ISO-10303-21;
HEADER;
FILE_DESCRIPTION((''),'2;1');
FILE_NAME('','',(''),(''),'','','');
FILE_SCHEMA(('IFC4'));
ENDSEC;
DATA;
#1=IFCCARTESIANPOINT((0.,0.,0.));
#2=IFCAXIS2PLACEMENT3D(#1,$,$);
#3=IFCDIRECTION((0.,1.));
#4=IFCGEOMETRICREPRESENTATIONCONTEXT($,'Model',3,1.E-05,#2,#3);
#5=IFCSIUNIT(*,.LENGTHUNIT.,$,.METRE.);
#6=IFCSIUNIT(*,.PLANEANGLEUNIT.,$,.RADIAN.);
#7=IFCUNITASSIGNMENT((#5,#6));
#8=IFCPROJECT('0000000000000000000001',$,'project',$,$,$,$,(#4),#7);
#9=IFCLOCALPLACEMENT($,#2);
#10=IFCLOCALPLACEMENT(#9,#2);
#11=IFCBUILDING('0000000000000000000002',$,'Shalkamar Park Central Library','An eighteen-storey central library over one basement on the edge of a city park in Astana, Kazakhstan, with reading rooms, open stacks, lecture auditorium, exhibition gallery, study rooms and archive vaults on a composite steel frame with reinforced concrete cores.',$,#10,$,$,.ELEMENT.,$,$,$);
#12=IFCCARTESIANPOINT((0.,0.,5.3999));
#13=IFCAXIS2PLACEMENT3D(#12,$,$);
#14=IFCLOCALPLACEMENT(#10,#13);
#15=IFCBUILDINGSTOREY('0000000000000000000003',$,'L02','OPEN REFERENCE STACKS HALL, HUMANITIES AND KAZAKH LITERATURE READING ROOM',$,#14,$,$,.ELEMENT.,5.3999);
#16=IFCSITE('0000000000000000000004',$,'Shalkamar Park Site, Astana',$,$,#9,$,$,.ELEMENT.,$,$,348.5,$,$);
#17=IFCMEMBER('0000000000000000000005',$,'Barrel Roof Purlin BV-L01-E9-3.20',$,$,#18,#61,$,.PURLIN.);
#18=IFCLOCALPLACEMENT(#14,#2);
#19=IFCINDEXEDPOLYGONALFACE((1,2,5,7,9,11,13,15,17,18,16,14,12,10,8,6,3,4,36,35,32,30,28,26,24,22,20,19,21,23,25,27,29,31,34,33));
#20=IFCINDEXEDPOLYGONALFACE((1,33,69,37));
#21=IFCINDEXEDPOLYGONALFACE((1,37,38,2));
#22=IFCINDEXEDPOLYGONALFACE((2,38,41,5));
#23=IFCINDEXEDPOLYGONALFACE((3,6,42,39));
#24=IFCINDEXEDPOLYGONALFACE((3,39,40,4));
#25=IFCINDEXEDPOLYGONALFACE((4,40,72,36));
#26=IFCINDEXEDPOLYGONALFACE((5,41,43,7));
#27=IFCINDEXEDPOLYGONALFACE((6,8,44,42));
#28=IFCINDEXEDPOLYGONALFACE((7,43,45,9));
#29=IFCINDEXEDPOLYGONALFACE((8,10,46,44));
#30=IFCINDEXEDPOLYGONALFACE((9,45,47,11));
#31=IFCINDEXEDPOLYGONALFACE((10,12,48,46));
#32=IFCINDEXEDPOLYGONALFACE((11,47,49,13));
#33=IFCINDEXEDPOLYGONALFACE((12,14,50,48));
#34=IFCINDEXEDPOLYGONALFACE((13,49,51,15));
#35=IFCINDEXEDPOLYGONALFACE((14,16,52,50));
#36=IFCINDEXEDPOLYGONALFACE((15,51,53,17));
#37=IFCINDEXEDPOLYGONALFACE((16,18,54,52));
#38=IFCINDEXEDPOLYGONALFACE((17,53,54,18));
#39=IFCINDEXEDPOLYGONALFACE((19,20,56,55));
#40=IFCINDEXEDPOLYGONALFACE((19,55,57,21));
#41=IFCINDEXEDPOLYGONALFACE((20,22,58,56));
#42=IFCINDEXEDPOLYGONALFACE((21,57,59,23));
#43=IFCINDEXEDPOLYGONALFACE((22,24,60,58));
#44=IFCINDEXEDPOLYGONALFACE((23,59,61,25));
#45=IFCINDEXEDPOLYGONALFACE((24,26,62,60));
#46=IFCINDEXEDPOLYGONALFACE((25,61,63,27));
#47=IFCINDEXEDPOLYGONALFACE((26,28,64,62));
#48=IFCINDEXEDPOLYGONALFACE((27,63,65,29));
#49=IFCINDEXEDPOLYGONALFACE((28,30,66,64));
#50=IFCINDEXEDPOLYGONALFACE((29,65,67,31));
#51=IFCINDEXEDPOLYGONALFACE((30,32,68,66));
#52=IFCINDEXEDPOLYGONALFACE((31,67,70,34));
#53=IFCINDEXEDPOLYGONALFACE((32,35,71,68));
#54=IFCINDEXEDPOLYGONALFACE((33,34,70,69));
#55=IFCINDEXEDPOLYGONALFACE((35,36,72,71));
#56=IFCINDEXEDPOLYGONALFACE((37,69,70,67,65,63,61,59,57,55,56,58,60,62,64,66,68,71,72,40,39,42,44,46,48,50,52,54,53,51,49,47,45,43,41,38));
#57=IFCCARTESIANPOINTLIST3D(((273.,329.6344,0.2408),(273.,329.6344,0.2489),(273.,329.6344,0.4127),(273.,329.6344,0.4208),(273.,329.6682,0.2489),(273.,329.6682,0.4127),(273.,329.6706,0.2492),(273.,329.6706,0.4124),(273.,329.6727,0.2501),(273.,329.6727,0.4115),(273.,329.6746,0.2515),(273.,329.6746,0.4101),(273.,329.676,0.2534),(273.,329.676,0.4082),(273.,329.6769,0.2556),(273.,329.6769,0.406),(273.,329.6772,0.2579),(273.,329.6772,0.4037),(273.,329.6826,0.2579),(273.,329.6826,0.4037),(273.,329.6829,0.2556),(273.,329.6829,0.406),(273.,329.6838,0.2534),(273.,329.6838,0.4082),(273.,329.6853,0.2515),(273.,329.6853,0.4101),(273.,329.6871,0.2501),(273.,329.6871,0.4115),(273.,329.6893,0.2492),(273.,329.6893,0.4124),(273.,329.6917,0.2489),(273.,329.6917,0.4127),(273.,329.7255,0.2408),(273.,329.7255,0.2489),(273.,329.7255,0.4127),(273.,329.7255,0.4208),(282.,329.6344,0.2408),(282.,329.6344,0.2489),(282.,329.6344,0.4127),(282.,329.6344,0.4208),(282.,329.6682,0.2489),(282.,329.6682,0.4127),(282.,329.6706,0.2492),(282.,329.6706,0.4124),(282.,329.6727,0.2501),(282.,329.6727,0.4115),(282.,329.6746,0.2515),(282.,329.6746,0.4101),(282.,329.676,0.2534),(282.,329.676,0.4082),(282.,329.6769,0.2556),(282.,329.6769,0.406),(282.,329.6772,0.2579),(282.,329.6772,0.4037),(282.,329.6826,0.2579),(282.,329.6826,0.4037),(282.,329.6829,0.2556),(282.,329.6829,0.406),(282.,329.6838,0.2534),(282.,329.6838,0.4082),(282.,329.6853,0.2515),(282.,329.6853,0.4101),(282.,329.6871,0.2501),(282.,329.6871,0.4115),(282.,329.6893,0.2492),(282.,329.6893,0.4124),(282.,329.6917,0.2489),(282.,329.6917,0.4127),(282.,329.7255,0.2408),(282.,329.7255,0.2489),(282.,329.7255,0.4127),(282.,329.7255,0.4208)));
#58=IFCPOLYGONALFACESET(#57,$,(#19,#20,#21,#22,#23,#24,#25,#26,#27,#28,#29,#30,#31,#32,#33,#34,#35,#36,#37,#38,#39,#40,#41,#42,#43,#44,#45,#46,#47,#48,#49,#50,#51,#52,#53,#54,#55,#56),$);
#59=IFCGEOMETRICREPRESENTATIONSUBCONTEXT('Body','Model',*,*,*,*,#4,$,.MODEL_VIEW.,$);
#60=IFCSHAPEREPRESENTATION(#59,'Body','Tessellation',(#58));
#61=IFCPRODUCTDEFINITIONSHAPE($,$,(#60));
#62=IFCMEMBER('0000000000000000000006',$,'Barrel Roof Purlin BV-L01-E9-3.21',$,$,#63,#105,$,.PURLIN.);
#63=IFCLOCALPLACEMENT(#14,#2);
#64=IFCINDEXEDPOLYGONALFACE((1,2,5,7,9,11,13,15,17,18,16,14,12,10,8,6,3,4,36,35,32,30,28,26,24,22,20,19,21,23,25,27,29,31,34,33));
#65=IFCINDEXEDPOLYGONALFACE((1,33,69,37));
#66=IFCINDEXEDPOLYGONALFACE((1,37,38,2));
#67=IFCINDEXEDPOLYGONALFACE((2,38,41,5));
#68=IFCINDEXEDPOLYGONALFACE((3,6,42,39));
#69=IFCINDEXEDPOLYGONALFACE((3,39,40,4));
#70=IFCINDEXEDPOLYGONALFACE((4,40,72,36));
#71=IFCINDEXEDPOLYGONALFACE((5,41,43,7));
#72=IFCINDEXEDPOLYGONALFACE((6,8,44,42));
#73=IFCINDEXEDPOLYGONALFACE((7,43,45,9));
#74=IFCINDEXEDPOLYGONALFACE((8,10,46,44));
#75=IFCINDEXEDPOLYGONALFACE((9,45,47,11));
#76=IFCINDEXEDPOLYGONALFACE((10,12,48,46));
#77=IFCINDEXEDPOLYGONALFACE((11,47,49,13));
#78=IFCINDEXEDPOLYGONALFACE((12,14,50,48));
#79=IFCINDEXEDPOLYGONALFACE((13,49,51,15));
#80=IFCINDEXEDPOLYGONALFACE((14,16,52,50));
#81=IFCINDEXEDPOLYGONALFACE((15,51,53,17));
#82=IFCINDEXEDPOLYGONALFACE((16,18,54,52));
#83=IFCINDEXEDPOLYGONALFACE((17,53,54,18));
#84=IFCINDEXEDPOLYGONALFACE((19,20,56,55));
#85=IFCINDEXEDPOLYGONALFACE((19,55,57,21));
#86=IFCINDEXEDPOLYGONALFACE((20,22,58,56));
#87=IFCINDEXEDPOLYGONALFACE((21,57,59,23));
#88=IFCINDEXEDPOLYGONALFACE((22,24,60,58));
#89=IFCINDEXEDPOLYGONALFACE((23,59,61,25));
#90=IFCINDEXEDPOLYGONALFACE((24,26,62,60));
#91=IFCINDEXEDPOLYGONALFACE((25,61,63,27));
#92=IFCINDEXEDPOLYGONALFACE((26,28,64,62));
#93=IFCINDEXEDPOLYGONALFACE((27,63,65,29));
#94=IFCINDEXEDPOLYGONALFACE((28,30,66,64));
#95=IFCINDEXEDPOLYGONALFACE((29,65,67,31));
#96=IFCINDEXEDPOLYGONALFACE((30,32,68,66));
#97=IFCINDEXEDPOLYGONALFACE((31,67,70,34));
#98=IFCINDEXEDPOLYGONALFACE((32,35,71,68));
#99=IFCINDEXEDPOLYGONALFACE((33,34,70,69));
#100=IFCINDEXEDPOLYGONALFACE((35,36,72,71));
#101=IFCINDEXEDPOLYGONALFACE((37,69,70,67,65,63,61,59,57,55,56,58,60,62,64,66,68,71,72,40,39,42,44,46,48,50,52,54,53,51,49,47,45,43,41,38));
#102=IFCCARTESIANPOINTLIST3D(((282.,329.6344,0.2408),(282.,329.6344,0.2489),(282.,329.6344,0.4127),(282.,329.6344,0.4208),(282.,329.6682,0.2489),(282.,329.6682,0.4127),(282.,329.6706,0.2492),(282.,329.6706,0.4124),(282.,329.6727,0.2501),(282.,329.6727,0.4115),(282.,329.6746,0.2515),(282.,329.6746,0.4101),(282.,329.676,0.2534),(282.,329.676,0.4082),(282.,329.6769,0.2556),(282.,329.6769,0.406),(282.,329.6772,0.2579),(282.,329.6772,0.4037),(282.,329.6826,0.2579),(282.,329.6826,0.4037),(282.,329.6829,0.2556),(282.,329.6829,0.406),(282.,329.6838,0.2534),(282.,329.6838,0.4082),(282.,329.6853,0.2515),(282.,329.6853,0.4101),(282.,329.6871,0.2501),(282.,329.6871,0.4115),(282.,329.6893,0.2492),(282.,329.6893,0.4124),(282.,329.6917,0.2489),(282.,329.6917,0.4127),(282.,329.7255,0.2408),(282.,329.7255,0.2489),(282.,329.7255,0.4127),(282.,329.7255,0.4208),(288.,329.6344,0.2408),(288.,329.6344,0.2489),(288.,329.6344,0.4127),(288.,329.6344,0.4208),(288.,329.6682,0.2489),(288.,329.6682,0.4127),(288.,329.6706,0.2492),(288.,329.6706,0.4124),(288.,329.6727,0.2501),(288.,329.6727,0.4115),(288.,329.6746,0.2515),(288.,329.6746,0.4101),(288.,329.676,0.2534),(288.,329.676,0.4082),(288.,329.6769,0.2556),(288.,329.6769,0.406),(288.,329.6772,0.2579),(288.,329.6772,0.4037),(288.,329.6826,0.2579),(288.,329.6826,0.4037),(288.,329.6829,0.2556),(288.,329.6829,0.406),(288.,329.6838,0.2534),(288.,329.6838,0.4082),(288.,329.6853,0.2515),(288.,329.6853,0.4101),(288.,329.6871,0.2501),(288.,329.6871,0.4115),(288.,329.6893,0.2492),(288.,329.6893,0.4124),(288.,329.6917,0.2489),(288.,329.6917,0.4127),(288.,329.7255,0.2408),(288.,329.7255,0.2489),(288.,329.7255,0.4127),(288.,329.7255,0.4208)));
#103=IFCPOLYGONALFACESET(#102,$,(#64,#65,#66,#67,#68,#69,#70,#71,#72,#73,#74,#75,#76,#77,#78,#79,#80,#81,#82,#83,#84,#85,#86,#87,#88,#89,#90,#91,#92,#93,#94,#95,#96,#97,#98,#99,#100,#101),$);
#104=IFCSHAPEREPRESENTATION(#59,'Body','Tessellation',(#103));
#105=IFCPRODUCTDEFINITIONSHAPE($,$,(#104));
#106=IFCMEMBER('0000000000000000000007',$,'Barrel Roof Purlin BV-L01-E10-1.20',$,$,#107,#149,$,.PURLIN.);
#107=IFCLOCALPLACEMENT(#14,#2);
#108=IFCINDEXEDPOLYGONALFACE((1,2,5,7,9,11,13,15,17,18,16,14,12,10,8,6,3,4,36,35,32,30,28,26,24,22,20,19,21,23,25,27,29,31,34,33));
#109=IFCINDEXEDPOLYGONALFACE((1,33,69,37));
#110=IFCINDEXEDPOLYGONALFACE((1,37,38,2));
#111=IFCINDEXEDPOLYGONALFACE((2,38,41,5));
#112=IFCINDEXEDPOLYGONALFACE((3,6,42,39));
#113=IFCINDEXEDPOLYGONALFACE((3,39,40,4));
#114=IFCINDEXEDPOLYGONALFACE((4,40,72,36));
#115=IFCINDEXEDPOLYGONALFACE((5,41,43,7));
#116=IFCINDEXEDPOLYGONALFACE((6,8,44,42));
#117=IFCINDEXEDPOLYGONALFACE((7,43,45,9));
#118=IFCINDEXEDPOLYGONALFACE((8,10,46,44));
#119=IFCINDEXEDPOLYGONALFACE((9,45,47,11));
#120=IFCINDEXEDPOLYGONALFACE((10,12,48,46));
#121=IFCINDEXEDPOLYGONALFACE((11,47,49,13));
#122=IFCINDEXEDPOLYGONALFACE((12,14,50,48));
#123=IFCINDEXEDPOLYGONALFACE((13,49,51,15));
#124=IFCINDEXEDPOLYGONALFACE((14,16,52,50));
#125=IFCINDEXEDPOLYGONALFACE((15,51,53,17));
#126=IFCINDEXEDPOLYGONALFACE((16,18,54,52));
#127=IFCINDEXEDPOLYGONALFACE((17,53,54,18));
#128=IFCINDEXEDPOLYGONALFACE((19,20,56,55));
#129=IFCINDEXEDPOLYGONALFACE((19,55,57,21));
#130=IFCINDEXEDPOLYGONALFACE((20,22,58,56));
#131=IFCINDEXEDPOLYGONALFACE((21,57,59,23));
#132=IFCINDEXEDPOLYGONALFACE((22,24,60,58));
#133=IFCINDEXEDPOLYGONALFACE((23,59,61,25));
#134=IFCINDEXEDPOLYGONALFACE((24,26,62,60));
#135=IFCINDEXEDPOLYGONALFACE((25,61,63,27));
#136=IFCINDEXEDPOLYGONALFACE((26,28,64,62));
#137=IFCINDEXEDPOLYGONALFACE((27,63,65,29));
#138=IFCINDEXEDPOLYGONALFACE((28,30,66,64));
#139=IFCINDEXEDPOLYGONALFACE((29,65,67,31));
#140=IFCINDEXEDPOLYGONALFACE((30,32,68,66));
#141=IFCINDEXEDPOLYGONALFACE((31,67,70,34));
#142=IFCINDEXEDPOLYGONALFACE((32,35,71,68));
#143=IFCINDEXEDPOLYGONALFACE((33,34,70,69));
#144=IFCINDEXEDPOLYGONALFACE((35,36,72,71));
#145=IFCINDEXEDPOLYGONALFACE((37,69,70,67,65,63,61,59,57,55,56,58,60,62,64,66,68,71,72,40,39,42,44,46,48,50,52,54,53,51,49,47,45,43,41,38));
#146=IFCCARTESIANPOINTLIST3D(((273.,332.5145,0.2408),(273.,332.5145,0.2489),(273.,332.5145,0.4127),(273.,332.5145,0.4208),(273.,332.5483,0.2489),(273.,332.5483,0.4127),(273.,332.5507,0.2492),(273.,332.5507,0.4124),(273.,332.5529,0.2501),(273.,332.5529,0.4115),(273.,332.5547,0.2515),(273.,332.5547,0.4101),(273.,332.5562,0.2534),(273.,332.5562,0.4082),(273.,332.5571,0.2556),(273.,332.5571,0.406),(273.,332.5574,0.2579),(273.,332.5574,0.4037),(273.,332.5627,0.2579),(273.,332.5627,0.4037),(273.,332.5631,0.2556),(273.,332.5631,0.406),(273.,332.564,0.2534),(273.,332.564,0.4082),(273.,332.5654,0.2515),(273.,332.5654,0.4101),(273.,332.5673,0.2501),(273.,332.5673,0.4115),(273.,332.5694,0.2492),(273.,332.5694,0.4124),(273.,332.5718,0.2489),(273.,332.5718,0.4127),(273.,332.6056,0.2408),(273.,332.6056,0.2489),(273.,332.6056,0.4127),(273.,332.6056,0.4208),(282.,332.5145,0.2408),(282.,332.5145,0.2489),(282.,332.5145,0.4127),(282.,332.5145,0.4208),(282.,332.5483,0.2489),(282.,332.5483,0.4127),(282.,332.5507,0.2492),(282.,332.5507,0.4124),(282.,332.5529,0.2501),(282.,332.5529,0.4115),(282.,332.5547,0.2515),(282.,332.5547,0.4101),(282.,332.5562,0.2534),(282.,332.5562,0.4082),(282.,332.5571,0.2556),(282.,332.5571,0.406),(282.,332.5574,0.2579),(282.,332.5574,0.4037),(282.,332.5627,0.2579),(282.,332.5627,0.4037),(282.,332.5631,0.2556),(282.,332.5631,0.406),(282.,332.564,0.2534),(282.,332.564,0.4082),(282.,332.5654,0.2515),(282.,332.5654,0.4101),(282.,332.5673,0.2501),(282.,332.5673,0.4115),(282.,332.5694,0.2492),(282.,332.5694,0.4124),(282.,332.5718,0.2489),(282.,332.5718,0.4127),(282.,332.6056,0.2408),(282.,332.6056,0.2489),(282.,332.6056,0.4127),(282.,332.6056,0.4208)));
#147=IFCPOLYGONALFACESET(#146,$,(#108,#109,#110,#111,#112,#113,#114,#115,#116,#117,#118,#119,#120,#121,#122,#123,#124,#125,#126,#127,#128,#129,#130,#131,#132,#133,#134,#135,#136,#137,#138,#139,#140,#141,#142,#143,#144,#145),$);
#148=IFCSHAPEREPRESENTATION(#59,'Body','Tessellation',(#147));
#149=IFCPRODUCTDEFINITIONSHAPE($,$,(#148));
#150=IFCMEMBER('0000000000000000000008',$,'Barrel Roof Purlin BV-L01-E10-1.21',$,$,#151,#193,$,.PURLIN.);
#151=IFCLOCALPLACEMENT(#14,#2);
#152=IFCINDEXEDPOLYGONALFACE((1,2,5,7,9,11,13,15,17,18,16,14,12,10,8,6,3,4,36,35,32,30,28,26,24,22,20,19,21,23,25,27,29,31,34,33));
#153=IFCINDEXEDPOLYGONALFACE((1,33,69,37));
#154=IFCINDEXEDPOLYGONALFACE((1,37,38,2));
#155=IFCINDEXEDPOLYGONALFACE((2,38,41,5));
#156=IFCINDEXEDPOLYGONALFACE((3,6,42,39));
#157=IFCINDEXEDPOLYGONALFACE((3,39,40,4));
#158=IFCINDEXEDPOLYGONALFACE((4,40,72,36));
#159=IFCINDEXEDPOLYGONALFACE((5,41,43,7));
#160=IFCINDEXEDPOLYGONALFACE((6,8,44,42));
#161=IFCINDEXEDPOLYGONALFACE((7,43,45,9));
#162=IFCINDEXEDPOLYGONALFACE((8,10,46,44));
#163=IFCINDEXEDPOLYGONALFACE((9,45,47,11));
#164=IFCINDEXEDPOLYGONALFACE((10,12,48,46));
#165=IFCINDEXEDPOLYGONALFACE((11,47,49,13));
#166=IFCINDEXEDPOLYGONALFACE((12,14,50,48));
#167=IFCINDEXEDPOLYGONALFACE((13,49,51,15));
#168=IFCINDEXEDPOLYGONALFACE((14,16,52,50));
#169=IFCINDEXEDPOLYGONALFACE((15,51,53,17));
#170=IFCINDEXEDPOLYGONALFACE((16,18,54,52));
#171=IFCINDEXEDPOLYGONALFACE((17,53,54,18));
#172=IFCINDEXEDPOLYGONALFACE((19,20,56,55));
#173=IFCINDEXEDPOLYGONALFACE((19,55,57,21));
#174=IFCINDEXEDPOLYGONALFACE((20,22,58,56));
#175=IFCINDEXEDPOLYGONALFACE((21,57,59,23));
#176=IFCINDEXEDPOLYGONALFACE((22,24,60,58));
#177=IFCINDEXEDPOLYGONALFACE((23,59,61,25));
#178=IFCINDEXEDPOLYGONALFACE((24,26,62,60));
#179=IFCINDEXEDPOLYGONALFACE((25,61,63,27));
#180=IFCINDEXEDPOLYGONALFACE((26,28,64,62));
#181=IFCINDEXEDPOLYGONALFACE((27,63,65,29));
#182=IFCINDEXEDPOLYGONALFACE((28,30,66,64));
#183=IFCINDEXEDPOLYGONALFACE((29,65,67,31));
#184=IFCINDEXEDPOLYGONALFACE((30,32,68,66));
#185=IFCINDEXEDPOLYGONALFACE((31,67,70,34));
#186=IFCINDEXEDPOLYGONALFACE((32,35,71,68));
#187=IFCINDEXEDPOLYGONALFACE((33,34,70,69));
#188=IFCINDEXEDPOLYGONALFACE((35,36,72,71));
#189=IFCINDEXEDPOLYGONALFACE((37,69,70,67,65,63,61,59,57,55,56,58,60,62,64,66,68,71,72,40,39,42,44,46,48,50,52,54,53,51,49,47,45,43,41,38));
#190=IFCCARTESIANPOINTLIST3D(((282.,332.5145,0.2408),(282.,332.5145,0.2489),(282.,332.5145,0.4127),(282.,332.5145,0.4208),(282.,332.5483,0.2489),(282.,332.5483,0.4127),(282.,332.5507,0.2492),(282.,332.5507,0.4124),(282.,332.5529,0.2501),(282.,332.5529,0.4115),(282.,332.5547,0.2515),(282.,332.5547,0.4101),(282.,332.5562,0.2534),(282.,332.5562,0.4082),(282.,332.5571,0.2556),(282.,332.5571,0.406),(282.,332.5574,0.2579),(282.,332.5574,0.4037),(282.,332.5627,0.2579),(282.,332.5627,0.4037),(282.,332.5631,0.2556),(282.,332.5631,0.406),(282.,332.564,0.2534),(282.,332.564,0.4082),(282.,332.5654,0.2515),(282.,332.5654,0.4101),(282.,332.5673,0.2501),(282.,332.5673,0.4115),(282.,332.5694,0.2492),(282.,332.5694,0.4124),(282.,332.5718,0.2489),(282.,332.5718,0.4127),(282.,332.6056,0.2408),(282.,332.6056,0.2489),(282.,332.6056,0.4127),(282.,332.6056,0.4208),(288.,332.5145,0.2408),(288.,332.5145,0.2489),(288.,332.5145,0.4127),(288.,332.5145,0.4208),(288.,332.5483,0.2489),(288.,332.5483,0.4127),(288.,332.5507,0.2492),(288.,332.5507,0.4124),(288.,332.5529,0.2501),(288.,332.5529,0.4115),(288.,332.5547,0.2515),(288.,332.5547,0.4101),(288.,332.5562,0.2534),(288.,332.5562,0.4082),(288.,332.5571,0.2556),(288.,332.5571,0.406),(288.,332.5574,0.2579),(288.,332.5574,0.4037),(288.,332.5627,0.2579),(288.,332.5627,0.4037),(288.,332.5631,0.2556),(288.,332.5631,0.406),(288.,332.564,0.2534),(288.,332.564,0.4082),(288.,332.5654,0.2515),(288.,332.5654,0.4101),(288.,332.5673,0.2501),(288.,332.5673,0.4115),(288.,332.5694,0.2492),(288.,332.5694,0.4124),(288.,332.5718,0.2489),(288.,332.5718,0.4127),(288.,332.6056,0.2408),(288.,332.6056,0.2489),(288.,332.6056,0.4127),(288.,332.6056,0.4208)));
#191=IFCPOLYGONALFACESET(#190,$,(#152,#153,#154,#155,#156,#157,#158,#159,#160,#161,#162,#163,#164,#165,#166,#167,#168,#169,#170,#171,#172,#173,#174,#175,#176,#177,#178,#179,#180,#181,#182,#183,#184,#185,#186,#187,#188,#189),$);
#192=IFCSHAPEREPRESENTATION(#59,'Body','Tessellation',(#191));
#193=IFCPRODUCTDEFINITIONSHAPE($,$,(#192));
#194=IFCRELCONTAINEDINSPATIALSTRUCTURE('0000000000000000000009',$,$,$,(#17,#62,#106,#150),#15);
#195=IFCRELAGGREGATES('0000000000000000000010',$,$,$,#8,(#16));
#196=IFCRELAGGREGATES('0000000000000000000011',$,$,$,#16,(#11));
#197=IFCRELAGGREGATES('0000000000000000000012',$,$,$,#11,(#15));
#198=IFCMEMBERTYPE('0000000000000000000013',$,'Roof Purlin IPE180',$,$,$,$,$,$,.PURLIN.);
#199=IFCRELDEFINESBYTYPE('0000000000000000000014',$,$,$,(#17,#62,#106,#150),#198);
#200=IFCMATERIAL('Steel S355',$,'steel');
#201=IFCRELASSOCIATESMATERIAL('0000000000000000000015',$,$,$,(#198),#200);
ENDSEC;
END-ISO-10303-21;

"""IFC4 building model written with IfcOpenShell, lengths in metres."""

from ifc_helpers import new_model, si_unit, direction, frame, origin, origin_2d, place, context, subcontext, project, spatial, i_section, extrude, material, material_profile, profile_set, type_object, element, save


model = new_model("IFC4")

# Units and contexts
model_context = context("Model", 3, precision=1e-05, world=origin(), true_north=direction((0.0, 1.0)))
body_context = subcontext(model_context, "Body", "Model", "MODEL_VIEW")
ifc_project = project(units=[si_unit("LENGTHUNIT", "METRE"), si_unit("PLANEANGLEUNIT", "RADIAN")], contexts=[model_context])

# Site, building, storey
site_placement = place(None, origin())
site = spatial("IfcSite", under=ifc_project, at=site_placement, Name="Shalkamar Park Site, Astana", CompositionType="ELEMENT", RefElevation=348.5)
building_placement = place(site_placement, origin())
building = spatial("IfcBuilding", under=site, at=building_placement, Name="Shalkamar Park Central Library", Description="An eighteen-storey central library over one basement on the edge of a city park in Astana, Kazakhstan, with reading rooms, open stacks, lecture auditorium, exhibition gallery, study rooms and archive vaults on a composite steel frame with reinforced concrete cores.", CompositionType="ELEMENT")
storey_placement = place(building_placement, frame((0.0, 0.0, 5.3999)))
storey = spatial("IfcBuildingStorey", under=building, at=storey_placement, Name="L02", Description="OPEN REFERENCE STACKS HALL, HUMANITIES AND KAZAKH LITERATURE READING ROOM", CompositionType="ELEMENT", Elevation=5.3999)

# Shared definitions
ifc_material_1 = material(Name="Steel S355", Category="steel")

# Members
ifc_material_profile_1 = material_profile(ifc_material_1, i_section(OverallWidth=0.0911, OverallDepth=0.1799, WebThickness=0.0054, FlangeThickness=0.0081, FilletRadius=0.009, at=origin_2d()), Name="IPE 180")
ifc_profile_set_1 = profile_set([ifc_material_profile_1], Name="Steel S355")
member_type_1 = type_object("IfcMemberType", Name="Roof Purlin IPE180", PredefinedType="PURLIN", material=ifc_profile_set_1)
member_1_placement = place(storey_placement, frame((273.0, 329.6799, 0.3308), z_axis=(1.0, 0.0, 0.0), x_axis=(0.0, 1.0, 0.0)))
element("IfcMember", 1, at=member_1_placement, inside=storey, type_object=member_type_1, Name="Barrel Roof Purlin BV-L01-E9-3.20", PredefinedType="PURLIN", context=body_context, shape_type="SweptSolid", body=[
    extrude(i_section(OverallWidth=0.0911, OverallDepth=0.1799, WebThickness=0.0054, FlangeThickness=0.0081, FilletRadius=0.009, at=origin_2d()), origin(), (0.0, 0.0, 1.0), 9.0),
])
member_2_placement = place(storey_placement, frame((282.0, 329.6799, 0.3308), z_axis=(1.0, 0.0, 0.0), x_axis=(0.0, 1.0, 0.0)))
element("IfcMember", 2, at=member_2_placement, inside=storey, type_object=member_type_1, Name="Barrel Roof Purlin BV-L01-E9-3.21", PredefinedType="PURLIN", context=body_context, shape_type="SweptSolid", body=[
    extrude(i_section(OverallWidth=0.0911, OverallDepth=0.1799, WebThickness=0.0054, FlangeThickness=0.0081, FilletRadius=0.009, at=origin_2d()), origin(), (0.0, 0.0, 1.0), 6.0),
])
member_3_placement = place(storey_placement, frame((273.0, 332.5601, 0.3308), z_axis=(1.0, 0.0, 0.0), x_axis=(0.0, 1.0, 0.0)))
element("IfcMember", 3, at=member_3_placement, inside=storey, type_object=member_type_1, Name="Barrel Roof Purlin BV-L01-E10-1.20", PredefinedType="PURLIN", context=body_context, shape_type="SweptSolid", body=[
    extrude(i_section(OverallWidth=0.0911, OverallDepth=0.1799, WebThickness=0.0054, FlangeThickness=0.0081, FilletRadius=0.009, at=origin_2d()), origin(), (0.0, 0.0, 1.0), 9.0),
])
member_4_placement = place(storey_placement, frame((282.0, 332.5601, 0.3308), z_axis=(1.0, 0.0, 0.0), x_axis=(0.0, 1.0, 0.0)))
element("IfcMember", 4, at=member_4_placement, inside=storey, type_object=member_type_1, Name="Barrel Roof Purlin BV-L01-E10-1.21", PredefinedType="PURLIN", context=body_context, shape_type="SweptSolid", body=[
    extrude(i_section(OverallWidth=0.0911, OverallDepth=0.1799, WebThickness=0.0054, FlangeThickness=0.0081, FilletRadius=0.009, at=origin_2d()), origin(), (0.0, 0.0, 1.0), 6.0),
])

save(model, "model.ifc")
